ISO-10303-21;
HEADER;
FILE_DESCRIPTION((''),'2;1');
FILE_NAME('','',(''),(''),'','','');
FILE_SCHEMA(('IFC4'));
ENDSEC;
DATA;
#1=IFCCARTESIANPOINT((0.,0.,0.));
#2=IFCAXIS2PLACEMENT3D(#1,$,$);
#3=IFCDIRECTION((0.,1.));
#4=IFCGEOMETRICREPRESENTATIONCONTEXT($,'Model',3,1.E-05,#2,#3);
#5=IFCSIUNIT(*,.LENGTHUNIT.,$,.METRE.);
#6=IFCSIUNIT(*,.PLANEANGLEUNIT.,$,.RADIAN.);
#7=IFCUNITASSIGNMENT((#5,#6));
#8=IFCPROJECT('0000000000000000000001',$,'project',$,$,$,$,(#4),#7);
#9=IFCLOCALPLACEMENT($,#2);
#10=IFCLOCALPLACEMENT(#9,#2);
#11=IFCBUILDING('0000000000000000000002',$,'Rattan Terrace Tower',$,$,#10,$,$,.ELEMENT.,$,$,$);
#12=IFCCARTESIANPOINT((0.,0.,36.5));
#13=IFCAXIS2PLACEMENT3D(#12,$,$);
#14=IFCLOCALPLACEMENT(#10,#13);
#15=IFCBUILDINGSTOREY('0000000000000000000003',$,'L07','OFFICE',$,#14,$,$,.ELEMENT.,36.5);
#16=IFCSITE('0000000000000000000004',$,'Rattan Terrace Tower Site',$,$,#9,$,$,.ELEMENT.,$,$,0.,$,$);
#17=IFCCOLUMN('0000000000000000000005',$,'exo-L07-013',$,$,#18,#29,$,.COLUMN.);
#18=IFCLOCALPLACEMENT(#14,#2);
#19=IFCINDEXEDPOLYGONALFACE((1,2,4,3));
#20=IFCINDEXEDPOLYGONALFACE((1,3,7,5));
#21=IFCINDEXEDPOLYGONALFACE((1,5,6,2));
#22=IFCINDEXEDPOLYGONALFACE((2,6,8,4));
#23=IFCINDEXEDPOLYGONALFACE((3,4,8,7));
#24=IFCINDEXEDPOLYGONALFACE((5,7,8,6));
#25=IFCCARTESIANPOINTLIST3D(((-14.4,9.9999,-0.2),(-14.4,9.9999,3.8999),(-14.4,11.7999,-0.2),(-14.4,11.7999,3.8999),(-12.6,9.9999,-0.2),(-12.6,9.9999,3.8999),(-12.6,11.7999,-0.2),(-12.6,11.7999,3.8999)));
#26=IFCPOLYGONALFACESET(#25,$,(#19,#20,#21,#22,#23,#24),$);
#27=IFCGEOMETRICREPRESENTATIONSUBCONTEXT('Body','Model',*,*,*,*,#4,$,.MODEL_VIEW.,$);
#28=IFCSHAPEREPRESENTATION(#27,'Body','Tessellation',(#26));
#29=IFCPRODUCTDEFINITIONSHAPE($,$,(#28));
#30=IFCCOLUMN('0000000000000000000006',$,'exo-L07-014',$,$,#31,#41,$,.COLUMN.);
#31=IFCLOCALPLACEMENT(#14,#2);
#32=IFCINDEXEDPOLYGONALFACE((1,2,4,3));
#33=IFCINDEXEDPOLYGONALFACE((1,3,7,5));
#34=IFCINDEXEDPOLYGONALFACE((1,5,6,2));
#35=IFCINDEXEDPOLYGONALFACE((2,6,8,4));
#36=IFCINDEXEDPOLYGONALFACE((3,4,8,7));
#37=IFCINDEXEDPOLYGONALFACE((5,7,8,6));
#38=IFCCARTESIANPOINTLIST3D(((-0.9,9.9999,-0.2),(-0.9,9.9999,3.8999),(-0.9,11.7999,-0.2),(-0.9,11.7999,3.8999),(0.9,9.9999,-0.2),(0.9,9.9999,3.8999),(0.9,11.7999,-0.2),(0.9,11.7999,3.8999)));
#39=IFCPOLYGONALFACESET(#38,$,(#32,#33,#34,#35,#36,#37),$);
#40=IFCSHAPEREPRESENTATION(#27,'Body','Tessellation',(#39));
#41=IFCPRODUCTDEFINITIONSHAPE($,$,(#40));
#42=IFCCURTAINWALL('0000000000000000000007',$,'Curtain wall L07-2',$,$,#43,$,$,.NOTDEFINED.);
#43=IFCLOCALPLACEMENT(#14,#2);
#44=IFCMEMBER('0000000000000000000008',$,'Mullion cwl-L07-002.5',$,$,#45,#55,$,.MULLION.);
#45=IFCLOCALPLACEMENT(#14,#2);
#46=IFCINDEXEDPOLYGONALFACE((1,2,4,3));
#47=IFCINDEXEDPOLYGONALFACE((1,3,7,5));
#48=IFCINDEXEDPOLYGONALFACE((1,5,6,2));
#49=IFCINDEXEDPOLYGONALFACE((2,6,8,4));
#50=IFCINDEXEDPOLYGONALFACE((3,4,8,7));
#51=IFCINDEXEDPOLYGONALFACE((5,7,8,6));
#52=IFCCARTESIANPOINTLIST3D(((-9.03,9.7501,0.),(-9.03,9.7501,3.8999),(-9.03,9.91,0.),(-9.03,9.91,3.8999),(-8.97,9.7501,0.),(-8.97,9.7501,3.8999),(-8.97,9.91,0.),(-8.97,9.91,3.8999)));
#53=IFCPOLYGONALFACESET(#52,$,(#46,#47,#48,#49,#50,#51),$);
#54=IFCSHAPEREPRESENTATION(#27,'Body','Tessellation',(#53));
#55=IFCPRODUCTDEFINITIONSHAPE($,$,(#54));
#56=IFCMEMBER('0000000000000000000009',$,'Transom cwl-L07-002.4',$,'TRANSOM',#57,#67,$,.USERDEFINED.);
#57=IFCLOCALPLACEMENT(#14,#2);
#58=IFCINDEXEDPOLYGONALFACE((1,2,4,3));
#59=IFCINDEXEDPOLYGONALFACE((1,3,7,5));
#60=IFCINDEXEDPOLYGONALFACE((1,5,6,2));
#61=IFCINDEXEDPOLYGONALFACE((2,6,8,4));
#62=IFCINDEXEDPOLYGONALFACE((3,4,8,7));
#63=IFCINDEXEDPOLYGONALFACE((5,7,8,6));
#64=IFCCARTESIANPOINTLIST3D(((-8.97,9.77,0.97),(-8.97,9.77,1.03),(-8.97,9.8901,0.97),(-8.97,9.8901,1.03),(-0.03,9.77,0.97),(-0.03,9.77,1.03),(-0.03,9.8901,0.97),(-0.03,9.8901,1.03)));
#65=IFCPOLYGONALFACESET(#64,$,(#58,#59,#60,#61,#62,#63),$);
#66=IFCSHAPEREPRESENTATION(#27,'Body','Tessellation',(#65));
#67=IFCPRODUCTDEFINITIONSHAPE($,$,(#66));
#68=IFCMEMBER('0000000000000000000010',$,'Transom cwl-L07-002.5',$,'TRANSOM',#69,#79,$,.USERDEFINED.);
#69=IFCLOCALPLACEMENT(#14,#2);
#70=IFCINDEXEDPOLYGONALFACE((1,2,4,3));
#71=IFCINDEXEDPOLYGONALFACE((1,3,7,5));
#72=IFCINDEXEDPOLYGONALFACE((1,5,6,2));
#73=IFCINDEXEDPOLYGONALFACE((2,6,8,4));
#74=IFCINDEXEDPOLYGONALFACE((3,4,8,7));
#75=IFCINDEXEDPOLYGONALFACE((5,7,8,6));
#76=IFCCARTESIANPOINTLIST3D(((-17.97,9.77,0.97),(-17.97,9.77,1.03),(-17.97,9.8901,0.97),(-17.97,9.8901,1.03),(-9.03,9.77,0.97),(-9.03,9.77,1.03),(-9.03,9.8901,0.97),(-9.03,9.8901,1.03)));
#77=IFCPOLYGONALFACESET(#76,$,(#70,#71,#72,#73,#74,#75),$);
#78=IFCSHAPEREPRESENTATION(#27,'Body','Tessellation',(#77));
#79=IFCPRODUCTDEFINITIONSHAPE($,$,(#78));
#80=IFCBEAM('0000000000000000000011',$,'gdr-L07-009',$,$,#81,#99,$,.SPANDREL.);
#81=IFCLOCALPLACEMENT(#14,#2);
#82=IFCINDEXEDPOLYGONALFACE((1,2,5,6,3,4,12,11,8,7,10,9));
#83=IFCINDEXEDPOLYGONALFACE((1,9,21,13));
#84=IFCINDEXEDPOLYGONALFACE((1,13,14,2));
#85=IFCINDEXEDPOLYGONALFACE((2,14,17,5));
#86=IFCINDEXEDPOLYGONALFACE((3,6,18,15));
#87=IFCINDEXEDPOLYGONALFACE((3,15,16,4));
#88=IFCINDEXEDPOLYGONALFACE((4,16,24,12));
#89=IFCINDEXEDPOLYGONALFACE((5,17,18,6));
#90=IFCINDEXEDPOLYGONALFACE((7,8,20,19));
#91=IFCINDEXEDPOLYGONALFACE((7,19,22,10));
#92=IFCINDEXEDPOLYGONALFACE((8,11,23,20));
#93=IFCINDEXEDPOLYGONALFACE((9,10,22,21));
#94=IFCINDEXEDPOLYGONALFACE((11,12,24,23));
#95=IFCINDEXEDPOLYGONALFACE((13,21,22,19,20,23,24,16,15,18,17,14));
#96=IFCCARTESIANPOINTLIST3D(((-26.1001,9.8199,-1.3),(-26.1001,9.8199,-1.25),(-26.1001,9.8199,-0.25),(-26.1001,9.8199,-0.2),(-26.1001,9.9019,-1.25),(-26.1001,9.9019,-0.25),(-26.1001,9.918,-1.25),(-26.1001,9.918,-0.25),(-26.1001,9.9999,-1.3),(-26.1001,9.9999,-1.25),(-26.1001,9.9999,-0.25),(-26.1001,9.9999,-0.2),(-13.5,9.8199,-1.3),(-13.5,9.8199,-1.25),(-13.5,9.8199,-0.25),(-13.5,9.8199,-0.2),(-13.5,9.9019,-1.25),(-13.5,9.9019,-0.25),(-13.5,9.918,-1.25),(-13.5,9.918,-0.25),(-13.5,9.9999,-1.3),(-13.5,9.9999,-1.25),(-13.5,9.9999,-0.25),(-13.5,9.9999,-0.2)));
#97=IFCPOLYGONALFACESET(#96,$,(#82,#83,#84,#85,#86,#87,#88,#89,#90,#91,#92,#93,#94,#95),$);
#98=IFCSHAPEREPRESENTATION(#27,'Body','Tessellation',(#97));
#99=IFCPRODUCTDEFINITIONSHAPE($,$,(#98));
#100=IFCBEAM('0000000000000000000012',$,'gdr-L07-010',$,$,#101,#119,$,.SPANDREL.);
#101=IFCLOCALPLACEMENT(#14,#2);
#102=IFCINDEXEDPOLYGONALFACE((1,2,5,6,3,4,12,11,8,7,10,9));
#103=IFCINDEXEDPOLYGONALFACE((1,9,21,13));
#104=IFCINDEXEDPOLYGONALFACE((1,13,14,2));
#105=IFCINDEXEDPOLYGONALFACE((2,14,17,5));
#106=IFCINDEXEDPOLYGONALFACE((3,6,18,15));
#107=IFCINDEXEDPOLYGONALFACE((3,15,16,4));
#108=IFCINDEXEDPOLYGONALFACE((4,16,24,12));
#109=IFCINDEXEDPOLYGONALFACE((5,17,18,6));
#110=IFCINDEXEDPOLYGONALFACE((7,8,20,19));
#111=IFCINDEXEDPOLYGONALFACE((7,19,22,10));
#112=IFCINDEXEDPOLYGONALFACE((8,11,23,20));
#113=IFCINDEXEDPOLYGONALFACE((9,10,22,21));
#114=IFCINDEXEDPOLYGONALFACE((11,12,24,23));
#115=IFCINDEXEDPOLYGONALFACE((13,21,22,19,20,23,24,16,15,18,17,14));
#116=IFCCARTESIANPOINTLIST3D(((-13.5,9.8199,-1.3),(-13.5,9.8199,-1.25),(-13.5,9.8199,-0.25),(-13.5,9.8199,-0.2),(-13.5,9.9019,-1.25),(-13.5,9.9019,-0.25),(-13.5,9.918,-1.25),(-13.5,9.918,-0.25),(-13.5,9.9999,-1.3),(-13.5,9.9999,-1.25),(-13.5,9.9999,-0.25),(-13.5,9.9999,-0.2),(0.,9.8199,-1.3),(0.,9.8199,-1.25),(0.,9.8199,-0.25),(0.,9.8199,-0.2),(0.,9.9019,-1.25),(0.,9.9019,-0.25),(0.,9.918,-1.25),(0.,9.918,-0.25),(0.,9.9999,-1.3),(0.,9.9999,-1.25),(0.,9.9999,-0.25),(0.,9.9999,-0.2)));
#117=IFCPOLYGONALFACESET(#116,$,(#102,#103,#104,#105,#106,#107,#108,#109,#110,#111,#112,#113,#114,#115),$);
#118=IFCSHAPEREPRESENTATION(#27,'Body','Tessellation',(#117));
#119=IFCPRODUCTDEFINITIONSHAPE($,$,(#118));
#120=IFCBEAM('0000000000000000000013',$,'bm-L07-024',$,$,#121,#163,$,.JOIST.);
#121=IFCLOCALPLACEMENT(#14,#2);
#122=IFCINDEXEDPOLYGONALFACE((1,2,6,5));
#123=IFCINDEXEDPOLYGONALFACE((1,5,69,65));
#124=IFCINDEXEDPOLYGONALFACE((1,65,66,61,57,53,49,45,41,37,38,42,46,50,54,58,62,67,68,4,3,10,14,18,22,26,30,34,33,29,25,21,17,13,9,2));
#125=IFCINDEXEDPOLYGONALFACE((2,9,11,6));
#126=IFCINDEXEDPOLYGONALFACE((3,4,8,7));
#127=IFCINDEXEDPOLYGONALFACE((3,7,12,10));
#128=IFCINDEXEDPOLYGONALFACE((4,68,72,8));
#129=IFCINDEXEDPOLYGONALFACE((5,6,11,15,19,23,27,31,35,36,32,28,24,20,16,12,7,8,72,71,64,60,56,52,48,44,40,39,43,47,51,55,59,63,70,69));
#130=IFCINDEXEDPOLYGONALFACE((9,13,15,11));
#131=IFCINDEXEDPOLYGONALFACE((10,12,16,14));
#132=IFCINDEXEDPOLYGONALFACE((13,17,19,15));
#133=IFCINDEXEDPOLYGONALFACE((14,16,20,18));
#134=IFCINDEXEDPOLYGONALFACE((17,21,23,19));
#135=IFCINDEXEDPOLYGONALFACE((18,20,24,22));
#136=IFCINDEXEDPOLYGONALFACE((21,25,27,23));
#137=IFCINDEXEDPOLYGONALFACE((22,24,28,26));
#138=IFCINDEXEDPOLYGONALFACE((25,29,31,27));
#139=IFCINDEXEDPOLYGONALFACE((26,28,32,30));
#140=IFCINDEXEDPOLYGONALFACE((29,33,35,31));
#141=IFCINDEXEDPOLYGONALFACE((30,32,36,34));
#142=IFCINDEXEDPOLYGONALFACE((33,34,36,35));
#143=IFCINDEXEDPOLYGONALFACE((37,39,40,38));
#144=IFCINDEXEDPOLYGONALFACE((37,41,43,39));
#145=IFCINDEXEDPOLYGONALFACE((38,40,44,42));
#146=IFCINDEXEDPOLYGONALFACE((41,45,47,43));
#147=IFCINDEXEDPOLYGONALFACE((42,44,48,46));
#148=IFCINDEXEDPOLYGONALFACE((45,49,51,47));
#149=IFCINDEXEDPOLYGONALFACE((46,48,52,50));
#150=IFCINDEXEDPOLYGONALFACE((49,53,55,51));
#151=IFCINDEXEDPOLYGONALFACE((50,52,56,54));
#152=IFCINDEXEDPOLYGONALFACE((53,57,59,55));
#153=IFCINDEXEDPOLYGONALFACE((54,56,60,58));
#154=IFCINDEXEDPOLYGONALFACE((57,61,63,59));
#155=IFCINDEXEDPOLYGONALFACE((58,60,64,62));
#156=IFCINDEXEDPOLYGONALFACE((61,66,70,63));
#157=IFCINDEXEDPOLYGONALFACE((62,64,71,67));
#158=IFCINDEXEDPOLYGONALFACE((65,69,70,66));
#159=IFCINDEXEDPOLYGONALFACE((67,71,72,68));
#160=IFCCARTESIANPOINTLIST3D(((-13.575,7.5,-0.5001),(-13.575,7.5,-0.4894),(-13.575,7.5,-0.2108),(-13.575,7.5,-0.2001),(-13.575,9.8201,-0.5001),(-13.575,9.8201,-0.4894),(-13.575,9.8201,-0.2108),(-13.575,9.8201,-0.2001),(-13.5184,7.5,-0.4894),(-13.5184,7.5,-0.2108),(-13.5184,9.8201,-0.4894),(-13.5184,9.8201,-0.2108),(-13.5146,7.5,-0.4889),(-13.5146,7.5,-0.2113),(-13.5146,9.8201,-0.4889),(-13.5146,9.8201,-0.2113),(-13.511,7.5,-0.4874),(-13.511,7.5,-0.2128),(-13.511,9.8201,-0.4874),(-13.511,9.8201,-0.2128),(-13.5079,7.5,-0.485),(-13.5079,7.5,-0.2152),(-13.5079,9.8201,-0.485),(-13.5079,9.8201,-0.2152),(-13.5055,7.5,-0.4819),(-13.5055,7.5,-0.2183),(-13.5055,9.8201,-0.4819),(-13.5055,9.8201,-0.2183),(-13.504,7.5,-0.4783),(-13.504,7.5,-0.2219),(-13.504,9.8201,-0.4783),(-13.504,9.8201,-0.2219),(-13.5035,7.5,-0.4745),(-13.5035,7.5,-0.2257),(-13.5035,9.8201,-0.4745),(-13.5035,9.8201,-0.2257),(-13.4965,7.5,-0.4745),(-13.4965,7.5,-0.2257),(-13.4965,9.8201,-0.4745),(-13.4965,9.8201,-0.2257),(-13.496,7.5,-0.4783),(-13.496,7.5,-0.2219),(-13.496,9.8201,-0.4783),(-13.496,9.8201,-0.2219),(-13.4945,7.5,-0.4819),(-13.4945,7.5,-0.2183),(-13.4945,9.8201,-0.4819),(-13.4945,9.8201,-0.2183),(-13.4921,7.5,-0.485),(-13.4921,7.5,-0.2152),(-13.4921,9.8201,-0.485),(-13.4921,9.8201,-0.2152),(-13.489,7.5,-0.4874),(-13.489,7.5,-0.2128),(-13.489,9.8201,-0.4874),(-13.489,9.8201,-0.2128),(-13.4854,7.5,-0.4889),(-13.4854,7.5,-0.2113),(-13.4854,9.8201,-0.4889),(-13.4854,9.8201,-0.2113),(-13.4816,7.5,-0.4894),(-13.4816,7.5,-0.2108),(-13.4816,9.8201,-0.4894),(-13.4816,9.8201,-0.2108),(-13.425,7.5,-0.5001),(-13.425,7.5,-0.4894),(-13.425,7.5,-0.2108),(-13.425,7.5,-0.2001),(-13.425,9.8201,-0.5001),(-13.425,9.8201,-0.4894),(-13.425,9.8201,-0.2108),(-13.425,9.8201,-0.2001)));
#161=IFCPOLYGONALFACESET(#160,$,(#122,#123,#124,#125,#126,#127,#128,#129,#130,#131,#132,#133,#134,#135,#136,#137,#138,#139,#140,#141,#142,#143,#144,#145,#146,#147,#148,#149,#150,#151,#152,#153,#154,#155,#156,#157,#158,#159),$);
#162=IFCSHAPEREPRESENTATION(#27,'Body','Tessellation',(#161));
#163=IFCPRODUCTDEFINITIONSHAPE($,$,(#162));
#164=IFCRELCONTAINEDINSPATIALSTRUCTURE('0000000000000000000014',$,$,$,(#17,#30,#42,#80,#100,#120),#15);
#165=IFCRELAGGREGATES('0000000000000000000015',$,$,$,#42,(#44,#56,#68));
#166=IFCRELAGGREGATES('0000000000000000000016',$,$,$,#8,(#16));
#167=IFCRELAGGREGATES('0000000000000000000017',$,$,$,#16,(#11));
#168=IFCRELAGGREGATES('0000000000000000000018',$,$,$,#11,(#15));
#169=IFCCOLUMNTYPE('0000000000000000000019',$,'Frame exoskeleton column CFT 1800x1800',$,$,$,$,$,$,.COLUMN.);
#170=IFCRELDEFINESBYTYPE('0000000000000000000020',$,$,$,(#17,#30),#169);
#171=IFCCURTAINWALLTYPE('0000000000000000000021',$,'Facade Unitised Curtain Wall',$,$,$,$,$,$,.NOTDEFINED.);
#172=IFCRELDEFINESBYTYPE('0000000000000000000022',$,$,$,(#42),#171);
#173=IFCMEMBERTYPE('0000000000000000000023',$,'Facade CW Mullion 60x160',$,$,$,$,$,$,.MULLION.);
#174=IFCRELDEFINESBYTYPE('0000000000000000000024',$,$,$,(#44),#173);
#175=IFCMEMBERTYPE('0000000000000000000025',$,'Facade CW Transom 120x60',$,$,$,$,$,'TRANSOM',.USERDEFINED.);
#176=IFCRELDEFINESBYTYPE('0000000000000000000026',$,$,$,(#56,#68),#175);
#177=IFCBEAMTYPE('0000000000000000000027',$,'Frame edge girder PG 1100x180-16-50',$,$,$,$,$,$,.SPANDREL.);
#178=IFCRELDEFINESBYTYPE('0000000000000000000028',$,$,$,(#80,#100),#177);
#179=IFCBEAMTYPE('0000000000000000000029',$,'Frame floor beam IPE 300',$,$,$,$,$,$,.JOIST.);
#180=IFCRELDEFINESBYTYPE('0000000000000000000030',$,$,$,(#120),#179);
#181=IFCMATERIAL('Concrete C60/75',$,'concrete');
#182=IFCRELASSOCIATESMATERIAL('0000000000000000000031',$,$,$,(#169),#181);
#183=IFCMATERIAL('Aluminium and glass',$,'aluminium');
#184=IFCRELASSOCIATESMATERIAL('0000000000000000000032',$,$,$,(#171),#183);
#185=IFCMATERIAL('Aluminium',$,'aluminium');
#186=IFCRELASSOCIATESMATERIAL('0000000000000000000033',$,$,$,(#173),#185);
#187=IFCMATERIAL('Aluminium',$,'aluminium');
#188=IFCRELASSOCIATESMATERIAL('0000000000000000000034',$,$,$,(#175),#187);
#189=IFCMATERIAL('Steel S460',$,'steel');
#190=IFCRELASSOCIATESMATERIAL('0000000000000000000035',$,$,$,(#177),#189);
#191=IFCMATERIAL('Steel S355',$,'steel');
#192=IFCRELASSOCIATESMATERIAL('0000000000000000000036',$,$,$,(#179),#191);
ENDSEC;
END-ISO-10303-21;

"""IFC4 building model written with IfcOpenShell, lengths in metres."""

from ifc_helpers import new_model, si_unit, direction, frame, origin, origin_2d, place, context, subcontext, project, spatial, rectangle, i_section, extrude, material, material_profile, profile_set, type_object, element, aggregate, save


model = new_model("IFC4")

# Units and contexts
model_context = context("Model", 3, precision=1e-05, world=origin(), true_north=direction((0.0, 1.0)))
body_context = subcontext(model_context, "Body", "Model", "MODEL_VIEW")
ifc_project = project(units=[si_unit("LENGTHUNIT", "METRE"), si_unit("PLANEANGLEUNIT", "RADIAN")], contexts=[model_context])

# Site, building, storey
site_placement = place(None, origin())
site = spatial("IfcSite", under=ifc_project, at=site_placement, Name="Rattan Terrace Tower Site", CompositionType="ELEMENT", RefElevation=0.0)
building_placement = place(site_placement, origin())
building = spatial("IfcBuilding", under=site, at=building_placement, Name="Rattan Terrace Tower", CompositionType="ELEMENT")
storey_placement = place(building_placement, frame((0.0, 0.0, 36.5)))
storey = spatial("IfcBuildingStorey", under=building, at=storey_placement, Name="L07", Description="OFFICE", CompositionType="ELEMENT", Elevation=36.5)

# Columns
ifc_material_1 = material(Name="Concrete C60/75", Category="concrete")
ifc_material_profile_1 = material_profile(ifc_material_1, rectangle(XDim=1.8, YDim=1.8, at=origin_2d()), Name="CFT 1800x1800")
ifc_profile_set_1 = profile_set([ifc_material_profile_1], Name="Concrete C60/75")
column_type = type_object("IfcColumnType", Name="Frame exoskeleton column CFT 1800x1800", PredefinedType="COLUMN", material=ifc_profile_set_1)
for number, where, z_axis, x_axis, name in (
    (1, (-13.5, 10.8999, -0.2), (0.0, 0.0, 1.0), (1.0, 0.0, 0.0), "exo-L07-013"),
    (2, (0.0, 10.8999, -0.2), (0.0, 0.0, 1.0), (1.0, 0.0, 0.0), "exo-L07-014"),
):
    element("IfcColumn", number, at=place(storey_placement, frame(where, z_axis=z_axis, x_axis=x_axis)), inside=storey, type_object=column_type, Name=name, PredefinedType="COLUMN", context=body_context, shape_type="SweptSolid", body=[
        extrude(rectangle(XDim=1.8, YDim=1.8, at=origin_2d()), origin(), (0.0, 0.0, 1.0), 4.0999),
    ])

# Curtain wall, members
ifc_material_2 = material(Name="Aluminium and glass", Category="aluminium")
curtain_wall_type = type_object("IfcCurtainWallType", Name="Facade Unitised Curtain Wall", PredefinedType="NOTDEFINED", material=ifc_material_2)
curtain_wall_placement = place(storey_placement, origin())
curtain_wall = element("IfcCurtainWall", 3, at=curtain_wall_placement, inside=storey, type_object=curtain_wall_type, Name="Curtain wall L07-2", PredefinedType="NOTDEFINED")
ifc_material_3 = material(Name="Aluminium", Category="aluminium")
ifc_material_profile_2 = material_profile(ifc_material_3, rectangle(XDim=0.0601, YDim=0.1599, at=origin_2d()), Name="Aluminium 60x160")
ifc_profile_set_2 = profile_set([ifc_material_profile_2], Name="Aluminium")
member_type_1 = type_object("IfcMemberType", Name="Facade CW Mullion 60x160", PredefinedType="MULLION", material=ifc_profile_set_2)
member_1_placement = place(storey_placement, frame((-9.0, 9.8301, 0.0), z_axis=(0.0, 0.0, 1.0), x_axis=(-1.0, 0.0, 0.0)))
member_1 = element("IfcMember", 4, at=member_1_placement, type_object=member_type_1, Name="Mullion cwl-L07-002.5", PredefinedType="MULLION", context=body_context, shape_type="SweptSolid", body=[
    extrude(rectangle(XDim=0.0601, YDim=0.1599, at=origin_2d()), origin(), (0.0, 0.0, 1.0), 3.8999),
])
ifc_material_4 = material(Name="Aluminium", Category="aluminium")
ifc_material_profile_3 = material_profile(ifc_material_4, rectangle(XDim=0.1201, YDim=0.0601, at=origin_2d()), Name="Aluminium 120x60")
ifc_profile_set_3 = profile_set([ifc_material_profile_3], Name="Aluminium")
member_type_2 = type_object("IfcMemberType", Name="Facade CW Transom 120x60", ElementType="TRANSOM", PredefinedType="USERDEFINED", material=ifc_profile_set_3)
member_2_placement = place(storey_placement, frame((-0.03, 9.8301, 1.0), z_axis=(-1.0, 0.0, 0.0), x_axis=(0.0, -1.0, 0.0)))
member_2 = element("IfcMember", 5, at=member_2_placement, type_object=member_type_2, Name="Transom cwl-L07-002.4", ObjectType="TRANSOM", PredefinedType="USERDEFINED", context=body_context, shape_type="SweptSolid", body=[
    extrude(rectangle(XDim=0.1201, YDim=0.0601, at=origin_2d()), origin(), (0.0, 0.0, 1.0), 8.9399),
])
member_3_placement = place(storey_placement, frame((-9.03, 9.8301, 1.0), z_axis=(-1.0, 0.0, 0.0), x_axis=(0.0, -1.0, 0.0)))
member_3 = element("IfcMember", 6, at=member_3_placement, type_object=member_type_2, Name="Transom cwl-L07-002.5", ObjectType="TRANSOM", PredefinedType="USERDEFINED", context=body_context, shape_type="SweptSolid", body=[
    extrude(rectangle(XDim=0.1201, YDim=0.0601, at=origin_2d()), origin(), (0.0, 0.0, 1.0), 8.9399),
])

# Beams
ifc_material_5 = material(Name="Steel S460", Category="steel")
ifc_material_profile_4 = material_profile(ifc_material_5, i_section(OverallWidth=0.1799, OverallDepth=1.1001, WebThickness=0.0161, FlangeThickness=0.05, at=origin_2d()), Name="PG 1100x180-16-50")
ifc_profile_set_4 = profile_set([ifc_material_profile_4], Name="Steel S460")
beam_type_1 = type_object("IfcBeamType", Name="Frame edge girder PG 1100x180-16-50", PredefinedType="SPANDREL", material=ifc_profile_set_4)
beam_1_placement = place(storey_placement, frame((-13.5, 9.9099, -0.75), z_axis=(-1.0, 0.0, 0.0), x_axis=(0.0, -1.0, 0.0)))
element("IfcBeam", 7, at=beam_1_placement, inside=storey, type_object=beam_type_1, Name="gdr-L07-009", PredefinedType="SPANDREL", context=body_context, shape_type="SweptSolid", body=[
    extrude(i_section(OverallWidth=0.1799, OverallDepth=1.1001, WebThickness=0.0161, FlangeThickness=0.05, at=origin_2d()), origin(), (0.0, 0.0, 1.0), 12.6001),
])
beam_2_placement = place(storey_placement, frame((0.0, 9.9099, -0.75), z_axis=(-1.0, 0.0, 0.0), x_axis=(0.0, -1.0, 0.0)))
element("IfcBeam", 8, at=beam_2_placement, inside=storey, type_object=beam_type_1, Name="gdr-L07-010", PredefinedType="SPANDREL", context=body_context, shape_type="SweptSolid", body=[
    extrude(i_section(OverallWidth=0.1799, OverallDepth=1.1001, WebThickness=0.0161, FlangeThickness=0.05, at=origin_2d()), origin(), (0.0, 0.0, 1.0), 13.5),
])
ifc_material_6 = material(Name="Steel S355", Category="steel")
ifc_material_profile_5 = material_profile(ifc_material_6, i_section(OverallWidth=0.1499, OverallDepth=0.3, WebThickness=0.0071, FlangeThickness=0.0107, FilletRadius=0.0149, at=origin_2d()), Name="IPE 300")
ifc_profile_set_5 = profile_set([ifc_material_profile_5], Name="Steel S355")
beam_type_2 = type_object("IfcBeamType", Name="Frame floor beam IPE 300", PredefinedType="JOIST", material=ifc_profile_set_5)
for number, where, z_axis, x_axis, name in (
    (9, (-13.5, 7.5, -0.3501), (0.0, 1.0, 0.0), (-1.0, 0.0, 0.0), "bm-L07-024"),
):
    element("IfcBeam", number, at=place(storey_placement, frame(where, z_axis=z_axis, x_axis=x_axis)), inside=storey, type_object=beam_type_2, Name=name, PredefinedType="JOIST", context=body_context, shape_type="SweptSolid", body=[
        extrude(i_section(OverallWidth=0.1499, OverallDepth=0.3, WebThickness=0.0071, FlangeThickness=0.0107, FilletRadius=0.0149, at=origin_2d()), origin(), (0.0, 0.0, 1.0), 2.3201),
    ])

aggregate(curtain_wall, [member_1, member_2, member_3])

save(model, "model.ifc")
